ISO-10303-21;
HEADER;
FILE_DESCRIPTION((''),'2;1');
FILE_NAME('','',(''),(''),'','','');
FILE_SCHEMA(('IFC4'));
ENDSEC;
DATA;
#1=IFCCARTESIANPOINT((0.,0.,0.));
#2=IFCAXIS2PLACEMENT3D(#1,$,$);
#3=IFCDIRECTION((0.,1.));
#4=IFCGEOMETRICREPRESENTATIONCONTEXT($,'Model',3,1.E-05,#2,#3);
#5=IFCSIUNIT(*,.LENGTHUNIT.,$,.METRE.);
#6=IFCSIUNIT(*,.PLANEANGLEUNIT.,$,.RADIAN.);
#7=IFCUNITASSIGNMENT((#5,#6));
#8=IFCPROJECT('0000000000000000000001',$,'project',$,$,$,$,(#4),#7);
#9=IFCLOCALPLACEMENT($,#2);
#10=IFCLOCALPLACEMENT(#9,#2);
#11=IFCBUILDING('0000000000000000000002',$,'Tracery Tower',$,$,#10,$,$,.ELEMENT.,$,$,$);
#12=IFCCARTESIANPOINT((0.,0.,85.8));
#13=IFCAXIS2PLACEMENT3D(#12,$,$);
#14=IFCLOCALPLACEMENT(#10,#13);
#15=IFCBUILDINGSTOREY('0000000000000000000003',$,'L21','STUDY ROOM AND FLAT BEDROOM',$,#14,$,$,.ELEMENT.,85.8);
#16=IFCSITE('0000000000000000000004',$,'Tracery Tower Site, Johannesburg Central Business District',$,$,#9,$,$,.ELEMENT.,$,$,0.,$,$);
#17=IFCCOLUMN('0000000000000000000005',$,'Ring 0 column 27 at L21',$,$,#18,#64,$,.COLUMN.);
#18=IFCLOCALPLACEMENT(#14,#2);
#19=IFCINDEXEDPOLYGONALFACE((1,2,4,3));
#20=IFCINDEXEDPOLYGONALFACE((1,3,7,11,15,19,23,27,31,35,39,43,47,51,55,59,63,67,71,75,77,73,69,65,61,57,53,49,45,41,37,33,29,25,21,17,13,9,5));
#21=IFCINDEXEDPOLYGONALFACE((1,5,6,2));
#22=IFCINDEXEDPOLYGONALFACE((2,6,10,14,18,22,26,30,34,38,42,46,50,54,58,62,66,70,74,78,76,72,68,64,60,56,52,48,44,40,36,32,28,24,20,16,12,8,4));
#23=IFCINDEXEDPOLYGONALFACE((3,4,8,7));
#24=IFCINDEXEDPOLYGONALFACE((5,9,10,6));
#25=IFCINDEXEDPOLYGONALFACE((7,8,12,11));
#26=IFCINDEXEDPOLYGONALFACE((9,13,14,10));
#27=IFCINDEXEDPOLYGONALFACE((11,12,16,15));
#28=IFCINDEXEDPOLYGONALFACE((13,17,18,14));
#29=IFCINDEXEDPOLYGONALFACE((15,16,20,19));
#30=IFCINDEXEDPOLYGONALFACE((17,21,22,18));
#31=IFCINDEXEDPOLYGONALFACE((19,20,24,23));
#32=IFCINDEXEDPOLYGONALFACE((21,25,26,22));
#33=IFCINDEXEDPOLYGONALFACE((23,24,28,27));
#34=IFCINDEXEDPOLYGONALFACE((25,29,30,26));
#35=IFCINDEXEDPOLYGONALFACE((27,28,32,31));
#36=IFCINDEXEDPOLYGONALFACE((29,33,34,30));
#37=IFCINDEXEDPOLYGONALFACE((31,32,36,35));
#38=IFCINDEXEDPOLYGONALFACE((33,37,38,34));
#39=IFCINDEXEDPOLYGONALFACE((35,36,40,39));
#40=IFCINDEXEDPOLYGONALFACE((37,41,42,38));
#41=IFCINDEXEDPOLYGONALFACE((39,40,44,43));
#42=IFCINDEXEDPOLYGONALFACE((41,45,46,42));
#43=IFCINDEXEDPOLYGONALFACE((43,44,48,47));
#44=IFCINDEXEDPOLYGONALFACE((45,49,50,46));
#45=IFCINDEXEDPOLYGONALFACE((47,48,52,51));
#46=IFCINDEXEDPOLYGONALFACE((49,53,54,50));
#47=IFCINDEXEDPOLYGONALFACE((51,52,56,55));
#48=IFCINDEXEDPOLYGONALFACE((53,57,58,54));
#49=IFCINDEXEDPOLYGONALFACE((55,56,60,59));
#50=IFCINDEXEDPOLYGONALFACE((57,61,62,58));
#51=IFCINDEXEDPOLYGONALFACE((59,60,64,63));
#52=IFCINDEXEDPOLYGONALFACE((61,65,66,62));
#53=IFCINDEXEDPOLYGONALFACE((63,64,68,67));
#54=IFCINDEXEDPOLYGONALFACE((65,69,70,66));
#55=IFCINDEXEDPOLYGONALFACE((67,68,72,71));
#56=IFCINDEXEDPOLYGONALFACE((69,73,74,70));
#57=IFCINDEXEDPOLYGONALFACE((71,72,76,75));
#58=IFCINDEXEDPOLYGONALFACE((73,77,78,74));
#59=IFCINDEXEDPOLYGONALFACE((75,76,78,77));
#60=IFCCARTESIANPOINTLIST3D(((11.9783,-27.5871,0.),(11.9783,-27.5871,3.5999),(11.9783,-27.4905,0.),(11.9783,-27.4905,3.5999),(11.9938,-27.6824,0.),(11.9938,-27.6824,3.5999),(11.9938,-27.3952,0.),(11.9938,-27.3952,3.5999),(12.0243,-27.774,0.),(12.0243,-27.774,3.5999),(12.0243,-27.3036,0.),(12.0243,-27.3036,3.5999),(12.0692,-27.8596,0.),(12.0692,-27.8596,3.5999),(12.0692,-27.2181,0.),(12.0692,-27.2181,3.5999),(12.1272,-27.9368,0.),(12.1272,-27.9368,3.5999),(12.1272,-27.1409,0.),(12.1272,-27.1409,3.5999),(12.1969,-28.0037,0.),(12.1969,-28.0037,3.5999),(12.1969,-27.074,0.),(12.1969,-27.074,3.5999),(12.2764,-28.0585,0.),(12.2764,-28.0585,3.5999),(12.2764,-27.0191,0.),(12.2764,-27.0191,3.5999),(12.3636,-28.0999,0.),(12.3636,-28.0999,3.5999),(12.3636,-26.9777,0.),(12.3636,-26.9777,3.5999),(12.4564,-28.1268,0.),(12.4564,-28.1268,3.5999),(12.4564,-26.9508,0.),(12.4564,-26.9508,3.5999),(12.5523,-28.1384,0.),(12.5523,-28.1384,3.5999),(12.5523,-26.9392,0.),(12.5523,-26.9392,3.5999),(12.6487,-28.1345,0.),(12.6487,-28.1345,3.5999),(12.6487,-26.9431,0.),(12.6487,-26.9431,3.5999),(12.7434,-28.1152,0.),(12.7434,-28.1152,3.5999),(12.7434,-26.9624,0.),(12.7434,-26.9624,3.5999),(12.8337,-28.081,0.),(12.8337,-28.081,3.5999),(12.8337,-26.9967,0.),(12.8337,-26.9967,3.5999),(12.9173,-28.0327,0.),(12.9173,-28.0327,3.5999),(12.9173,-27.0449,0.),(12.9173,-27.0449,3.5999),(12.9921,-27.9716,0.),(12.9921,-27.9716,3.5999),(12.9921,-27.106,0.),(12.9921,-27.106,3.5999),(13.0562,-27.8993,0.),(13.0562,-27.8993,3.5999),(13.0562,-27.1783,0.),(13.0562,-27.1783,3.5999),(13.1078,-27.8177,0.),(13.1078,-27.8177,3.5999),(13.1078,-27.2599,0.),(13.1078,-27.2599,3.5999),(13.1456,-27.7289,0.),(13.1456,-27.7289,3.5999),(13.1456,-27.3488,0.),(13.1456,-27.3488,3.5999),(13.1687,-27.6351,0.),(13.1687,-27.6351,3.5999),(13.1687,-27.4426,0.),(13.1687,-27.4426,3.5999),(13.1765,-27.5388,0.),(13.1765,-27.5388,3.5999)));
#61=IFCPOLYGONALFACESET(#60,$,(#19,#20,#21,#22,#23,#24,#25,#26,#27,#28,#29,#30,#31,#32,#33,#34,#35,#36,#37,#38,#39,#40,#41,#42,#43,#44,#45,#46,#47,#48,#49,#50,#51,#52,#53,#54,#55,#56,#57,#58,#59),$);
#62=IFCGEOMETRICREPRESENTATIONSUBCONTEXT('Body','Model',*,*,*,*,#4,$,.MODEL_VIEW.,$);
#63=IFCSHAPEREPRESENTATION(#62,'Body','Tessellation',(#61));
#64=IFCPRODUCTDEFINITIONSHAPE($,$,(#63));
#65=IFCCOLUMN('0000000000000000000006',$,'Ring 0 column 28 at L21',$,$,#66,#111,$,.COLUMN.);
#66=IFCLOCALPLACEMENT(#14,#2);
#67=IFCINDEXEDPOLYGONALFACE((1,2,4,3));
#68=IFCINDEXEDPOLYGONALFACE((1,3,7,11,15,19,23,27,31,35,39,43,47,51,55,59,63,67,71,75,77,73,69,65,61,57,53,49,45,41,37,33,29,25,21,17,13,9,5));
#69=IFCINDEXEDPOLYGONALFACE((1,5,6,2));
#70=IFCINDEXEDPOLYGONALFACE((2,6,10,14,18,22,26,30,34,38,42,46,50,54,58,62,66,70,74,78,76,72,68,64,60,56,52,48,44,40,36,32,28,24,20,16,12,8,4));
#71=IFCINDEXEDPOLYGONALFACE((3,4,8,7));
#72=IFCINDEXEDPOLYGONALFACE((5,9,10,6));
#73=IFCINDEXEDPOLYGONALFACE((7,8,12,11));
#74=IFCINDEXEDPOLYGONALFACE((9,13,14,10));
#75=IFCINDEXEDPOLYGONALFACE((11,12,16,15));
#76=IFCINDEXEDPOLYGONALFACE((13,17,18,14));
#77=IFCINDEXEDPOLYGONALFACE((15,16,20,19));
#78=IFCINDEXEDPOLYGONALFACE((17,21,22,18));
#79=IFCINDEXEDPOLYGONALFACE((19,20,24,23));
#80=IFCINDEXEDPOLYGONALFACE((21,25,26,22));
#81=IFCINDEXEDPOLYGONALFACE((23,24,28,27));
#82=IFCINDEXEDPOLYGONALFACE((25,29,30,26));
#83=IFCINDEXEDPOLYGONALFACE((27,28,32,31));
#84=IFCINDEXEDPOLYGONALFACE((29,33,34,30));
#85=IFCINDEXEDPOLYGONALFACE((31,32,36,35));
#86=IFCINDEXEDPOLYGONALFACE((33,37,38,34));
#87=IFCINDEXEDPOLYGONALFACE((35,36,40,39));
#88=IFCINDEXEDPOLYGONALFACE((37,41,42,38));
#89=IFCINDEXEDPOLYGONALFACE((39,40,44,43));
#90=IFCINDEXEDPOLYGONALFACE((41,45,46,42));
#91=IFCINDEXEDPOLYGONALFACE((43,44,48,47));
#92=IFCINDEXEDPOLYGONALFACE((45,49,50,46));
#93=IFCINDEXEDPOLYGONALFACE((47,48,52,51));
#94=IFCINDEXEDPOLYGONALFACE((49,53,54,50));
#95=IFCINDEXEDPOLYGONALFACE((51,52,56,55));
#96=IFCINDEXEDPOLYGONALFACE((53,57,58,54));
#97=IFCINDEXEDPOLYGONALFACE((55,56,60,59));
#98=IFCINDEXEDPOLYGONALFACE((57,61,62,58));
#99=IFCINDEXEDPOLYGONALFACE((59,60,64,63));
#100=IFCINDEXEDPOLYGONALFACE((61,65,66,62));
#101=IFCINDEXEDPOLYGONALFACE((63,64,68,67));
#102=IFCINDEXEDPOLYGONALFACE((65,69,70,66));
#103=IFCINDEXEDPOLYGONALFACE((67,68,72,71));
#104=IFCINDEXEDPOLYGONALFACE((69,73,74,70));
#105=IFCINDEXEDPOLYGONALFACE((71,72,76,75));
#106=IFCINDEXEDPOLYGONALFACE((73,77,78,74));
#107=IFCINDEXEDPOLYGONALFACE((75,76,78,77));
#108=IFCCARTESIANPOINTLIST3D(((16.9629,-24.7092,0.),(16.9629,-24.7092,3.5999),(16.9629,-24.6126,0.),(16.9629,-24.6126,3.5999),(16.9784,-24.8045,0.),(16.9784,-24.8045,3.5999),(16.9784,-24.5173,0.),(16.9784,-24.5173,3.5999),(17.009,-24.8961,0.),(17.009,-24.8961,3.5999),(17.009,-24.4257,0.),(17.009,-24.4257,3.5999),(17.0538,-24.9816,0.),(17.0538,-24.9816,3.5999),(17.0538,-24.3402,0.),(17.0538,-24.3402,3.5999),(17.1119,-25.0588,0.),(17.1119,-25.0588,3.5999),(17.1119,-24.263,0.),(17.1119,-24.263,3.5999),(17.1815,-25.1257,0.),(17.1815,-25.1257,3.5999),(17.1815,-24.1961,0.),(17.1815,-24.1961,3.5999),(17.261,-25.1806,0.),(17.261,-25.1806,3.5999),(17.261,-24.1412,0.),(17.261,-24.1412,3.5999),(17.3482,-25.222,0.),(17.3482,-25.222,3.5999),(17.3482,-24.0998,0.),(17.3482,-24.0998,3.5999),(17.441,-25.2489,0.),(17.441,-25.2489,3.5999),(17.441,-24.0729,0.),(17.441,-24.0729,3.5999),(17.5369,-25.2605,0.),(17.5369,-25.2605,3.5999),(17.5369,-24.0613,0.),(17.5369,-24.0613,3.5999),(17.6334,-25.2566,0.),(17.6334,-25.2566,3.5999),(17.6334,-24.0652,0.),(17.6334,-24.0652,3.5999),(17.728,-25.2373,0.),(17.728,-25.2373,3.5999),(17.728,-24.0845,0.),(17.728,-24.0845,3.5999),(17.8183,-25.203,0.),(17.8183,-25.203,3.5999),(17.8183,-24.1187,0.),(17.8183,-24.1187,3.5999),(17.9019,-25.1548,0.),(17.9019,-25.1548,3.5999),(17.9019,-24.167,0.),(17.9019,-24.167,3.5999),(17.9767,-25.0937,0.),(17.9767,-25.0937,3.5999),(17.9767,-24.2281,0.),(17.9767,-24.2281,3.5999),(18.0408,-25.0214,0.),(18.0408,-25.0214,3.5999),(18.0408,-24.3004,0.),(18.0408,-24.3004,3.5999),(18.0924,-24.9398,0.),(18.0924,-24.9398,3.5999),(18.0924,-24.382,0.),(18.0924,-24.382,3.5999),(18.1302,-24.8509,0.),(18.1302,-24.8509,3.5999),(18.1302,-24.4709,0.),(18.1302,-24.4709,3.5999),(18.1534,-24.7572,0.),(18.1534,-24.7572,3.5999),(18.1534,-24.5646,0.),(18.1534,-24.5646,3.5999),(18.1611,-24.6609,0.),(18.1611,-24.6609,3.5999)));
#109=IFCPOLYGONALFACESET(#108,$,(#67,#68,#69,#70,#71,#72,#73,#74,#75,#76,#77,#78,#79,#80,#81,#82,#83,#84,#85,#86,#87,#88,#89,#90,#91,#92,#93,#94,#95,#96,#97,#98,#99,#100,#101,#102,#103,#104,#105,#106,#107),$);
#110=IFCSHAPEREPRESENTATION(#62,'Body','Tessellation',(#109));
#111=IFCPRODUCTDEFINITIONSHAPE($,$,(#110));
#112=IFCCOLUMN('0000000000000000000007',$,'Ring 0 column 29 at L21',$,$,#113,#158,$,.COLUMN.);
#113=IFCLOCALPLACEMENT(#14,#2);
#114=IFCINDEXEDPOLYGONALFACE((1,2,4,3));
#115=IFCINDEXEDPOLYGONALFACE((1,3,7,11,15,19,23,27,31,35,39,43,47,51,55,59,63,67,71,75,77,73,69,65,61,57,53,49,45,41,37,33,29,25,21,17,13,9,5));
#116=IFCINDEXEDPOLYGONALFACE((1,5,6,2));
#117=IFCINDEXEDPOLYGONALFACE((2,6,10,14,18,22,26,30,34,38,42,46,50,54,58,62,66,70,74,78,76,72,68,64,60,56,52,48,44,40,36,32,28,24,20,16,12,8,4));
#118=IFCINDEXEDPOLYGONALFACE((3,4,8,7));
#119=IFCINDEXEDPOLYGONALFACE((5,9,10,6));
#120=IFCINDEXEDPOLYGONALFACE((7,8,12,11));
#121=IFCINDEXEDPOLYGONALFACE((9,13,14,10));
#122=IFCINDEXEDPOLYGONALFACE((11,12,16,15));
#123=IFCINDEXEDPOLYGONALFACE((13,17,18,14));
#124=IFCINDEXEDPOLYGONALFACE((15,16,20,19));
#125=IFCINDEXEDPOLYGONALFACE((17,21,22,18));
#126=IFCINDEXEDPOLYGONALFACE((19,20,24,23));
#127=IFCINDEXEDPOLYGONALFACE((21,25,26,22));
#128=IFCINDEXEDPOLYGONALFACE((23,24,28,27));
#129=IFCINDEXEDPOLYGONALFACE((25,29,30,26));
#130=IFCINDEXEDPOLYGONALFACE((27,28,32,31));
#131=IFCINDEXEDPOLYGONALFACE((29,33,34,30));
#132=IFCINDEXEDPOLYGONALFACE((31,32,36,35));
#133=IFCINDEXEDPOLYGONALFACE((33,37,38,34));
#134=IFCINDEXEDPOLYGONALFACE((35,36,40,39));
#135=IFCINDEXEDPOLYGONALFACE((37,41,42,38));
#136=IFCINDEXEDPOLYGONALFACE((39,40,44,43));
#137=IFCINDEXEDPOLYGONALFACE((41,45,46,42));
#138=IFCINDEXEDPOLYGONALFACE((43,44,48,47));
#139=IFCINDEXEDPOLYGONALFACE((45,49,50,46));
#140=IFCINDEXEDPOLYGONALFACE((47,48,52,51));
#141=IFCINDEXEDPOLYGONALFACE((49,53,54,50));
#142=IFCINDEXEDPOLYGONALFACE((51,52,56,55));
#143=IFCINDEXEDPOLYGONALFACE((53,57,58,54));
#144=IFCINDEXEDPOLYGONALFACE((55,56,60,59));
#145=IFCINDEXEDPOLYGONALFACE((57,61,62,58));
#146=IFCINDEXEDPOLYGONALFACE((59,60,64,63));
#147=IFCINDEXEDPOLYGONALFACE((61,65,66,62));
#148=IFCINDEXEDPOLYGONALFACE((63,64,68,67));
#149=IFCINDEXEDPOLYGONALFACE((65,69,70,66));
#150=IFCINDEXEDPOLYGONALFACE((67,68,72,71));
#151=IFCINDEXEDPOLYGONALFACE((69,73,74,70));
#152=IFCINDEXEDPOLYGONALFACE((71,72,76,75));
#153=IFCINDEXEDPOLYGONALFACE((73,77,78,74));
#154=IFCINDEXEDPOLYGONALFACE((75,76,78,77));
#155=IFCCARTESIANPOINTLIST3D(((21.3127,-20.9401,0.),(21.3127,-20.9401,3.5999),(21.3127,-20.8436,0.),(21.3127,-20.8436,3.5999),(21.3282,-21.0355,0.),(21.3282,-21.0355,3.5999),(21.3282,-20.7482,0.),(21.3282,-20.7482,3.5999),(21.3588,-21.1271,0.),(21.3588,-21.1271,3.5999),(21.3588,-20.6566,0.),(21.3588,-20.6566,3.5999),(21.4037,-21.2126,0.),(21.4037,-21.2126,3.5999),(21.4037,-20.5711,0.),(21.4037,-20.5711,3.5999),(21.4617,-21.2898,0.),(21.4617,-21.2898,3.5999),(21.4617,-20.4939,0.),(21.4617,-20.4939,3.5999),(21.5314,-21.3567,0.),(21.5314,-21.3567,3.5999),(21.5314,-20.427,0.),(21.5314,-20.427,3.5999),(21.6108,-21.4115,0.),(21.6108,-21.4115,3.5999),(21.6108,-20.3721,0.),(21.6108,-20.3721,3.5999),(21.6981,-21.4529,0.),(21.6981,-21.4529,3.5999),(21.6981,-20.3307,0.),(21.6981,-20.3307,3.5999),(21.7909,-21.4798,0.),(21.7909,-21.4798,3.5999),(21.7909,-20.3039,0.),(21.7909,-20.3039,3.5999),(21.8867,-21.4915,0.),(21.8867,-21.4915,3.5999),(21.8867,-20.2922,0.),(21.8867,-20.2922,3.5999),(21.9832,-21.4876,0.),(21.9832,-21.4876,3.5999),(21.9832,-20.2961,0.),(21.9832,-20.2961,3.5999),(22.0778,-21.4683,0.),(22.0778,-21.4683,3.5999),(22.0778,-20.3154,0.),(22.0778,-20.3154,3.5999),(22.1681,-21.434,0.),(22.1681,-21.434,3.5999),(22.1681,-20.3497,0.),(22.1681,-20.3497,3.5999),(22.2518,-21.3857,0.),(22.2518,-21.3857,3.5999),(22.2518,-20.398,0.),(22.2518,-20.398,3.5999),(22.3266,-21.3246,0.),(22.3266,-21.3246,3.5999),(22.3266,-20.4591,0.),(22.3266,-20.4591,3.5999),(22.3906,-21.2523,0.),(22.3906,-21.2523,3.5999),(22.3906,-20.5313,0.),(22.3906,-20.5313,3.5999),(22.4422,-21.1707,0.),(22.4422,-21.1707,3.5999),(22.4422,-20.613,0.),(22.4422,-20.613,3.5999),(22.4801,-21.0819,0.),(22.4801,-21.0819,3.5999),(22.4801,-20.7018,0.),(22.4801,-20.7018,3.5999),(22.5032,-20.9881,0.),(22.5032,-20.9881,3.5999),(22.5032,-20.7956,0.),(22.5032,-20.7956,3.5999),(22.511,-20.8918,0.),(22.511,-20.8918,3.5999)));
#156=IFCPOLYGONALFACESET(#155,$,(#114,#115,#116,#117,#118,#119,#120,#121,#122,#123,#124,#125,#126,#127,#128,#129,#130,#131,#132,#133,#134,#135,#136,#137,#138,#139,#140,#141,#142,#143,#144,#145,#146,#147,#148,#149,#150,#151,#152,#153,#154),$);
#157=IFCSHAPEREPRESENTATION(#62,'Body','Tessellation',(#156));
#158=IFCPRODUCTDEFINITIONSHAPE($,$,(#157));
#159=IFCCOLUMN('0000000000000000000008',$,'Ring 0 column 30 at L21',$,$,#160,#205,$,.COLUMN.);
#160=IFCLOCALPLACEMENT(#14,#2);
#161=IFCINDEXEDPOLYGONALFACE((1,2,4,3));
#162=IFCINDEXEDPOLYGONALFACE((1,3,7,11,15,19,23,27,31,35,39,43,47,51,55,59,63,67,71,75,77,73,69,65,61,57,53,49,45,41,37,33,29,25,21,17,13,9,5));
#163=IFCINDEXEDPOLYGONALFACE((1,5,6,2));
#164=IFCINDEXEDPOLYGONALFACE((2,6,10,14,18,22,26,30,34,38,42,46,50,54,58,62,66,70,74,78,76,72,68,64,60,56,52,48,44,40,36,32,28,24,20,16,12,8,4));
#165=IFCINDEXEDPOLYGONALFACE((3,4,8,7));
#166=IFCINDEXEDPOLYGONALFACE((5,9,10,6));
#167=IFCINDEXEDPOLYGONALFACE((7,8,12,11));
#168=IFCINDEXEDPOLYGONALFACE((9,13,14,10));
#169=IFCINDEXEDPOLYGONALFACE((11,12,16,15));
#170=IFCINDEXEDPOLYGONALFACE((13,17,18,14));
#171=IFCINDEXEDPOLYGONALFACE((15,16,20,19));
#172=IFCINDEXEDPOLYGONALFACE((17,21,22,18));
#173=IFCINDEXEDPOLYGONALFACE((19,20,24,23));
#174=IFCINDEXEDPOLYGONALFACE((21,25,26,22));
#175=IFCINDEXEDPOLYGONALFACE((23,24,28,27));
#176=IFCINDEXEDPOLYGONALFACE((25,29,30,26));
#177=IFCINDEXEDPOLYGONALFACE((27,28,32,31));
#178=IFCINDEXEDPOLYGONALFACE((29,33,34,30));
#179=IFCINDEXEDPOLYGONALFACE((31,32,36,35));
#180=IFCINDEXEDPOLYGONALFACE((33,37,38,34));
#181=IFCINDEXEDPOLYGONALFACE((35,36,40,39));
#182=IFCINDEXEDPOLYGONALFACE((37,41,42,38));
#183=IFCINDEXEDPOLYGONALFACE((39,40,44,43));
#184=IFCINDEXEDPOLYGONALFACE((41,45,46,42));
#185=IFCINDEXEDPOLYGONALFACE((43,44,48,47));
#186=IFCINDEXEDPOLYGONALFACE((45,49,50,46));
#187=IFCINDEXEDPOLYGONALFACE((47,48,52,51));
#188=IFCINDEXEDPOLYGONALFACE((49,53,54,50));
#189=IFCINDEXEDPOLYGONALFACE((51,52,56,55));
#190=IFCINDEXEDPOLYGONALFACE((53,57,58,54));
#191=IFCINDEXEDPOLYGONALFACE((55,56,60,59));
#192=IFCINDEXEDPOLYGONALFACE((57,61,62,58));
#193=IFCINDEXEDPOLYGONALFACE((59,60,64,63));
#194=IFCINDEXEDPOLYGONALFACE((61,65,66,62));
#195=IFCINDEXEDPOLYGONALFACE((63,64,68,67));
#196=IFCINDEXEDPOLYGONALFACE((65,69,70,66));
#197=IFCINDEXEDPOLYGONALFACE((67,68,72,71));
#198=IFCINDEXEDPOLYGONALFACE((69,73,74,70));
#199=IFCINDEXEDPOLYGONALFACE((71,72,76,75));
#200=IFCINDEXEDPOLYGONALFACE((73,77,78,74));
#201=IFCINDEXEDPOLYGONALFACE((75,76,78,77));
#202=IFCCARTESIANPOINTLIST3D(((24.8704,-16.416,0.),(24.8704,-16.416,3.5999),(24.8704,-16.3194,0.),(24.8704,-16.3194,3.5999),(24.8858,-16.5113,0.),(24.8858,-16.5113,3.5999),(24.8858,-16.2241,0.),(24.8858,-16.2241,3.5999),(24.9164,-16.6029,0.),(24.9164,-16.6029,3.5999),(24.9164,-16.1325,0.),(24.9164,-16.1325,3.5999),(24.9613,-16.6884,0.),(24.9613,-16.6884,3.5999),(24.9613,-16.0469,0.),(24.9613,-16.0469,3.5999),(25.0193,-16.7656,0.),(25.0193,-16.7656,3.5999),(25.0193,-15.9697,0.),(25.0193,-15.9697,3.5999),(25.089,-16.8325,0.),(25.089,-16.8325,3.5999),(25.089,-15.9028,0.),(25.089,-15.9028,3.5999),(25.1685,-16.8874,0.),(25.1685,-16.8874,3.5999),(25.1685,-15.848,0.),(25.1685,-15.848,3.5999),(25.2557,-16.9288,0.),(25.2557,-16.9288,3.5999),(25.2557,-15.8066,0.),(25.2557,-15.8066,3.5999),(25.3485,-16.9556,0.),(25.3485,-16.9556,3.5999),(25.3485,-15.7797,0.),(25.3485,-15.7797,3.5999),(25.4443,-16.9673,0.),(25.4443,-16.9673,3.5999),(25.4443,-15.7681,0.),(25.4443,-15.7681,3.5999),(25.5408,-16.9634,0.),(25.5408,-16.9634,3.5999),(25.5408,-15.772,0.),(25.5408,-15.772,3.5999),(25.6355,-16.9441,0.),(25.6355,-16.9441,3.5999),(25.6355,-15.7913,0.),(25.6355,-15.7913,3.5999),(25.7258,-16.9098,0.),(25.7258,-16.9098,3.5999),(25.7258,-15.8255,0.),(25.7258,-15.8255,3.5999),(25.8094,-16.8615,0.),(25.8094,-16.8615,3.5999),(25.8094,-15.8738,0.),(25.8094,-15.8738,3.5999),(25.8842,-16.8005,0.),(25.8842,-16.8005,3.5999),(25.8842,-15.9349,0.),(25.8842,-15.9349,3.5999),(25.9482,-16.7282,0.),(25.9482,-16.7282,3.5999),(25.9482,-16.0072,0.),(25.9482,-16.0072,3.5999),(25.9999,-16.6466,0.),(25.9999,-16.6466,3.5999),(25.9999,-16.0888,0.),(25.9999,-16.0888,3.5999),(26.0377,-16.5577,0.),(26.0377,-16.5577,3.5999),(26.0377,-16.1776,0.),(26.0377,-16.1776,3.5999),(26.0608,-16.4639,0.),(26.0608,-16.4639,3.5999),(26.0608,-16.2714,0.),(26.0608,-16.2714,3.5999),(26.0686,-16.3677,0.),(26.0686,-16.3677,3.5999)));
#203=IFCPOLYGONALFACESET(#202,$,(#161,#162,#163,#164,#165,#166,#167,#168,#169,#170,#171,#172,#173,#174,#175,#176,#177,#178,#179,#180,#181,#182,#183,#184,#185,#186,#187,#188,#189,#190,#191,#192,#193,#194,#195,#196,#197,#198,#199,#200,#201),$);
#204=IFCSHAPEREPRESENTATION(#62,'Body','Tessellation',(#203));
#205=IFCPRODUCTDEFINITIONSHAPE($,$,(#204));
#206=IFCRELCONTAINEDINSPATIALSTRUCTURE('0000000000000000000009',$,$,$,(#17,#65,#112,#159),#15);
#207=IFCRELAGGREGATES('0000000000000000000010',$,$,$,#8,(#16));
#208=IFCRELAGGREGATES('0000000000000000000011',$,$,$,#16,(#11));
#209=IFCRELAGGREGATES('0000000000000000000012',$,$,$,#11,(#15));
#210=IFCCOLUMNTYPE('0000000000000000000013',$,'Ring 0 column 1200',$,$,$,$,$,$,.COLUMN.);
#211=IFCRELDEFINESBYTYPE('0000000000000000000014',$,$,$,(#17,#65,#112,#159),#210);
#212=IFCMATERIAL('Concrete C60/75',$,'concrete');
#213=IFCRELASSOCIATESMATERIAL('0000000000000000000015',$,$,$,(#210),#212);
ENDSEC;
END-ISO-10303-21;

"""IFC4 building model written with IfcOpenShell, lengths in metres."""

from ifc_helpers import new_model, si_unit, direction, frame, origin, origin_2d, place, context, subcontext, project, spatial, circle, extrude, material, material_profile, profile_set, type_object, element, save


model = new_model("IFC4")

# Units and contexts
model_context = context("Model", 3, precision=1e-05, world=origin(), true_north=direction((0.0, 1.0)))
body_context = subcontext(model_context, "Body", "Model", "MODEL_VIEW")
ifc_project = project(units=[si_unit("LENGTHUNIT", "METRE"), si_unit("PLANEANGLEUNIT", "RADIAN")], contexts=[model_context])

# Site, building, storey
site_placement = place(None, origin())
site = spatial("IfcSite", under=ifc_project, at=site_placement, Name="Tracery Tower Site, Johannesburg Central Business District", CompositionType="ELEMENT", RefElevation=0.0)
building_placement = place(site_placement, origin())
building = spatial("IfcBuilding", under=site, at=building_placement, Name="Tracery Tower", CompositionType="ELEMENT")
storey_placement = place(building_placement, frame((0.0, 0.0, 85.8)))
storey = spatial("IfcBuildingStorey", under=building, at=storey_placement, Name="L21", Description="STUDY ROOM AND FLAT BEDROOM", CompositionType="ELEMENT", Elevation=85.8)

# Columns
ifc_material_1 = material(Name="Concrete C60/75", Category="concrete")
ifc_material_profile_1 = material_profile(ifc_material_1, circle(Radius=0.6001, at=origin_2d()), Name="RC D1200")
ifc_profile_set_1 = profile_set([ifc_material_profile_1], Name="Concrete C60/75")
column_type_1 = type_object("IfcColumnType", Name="Ring 0 column 1200", PredefinedType="COLUMN", material=ifc_profile_set_1)
for number, where, z_axis, x_axis, name in (
    (1, (12.5764, -27.5388, 0.0), (0.0, 0.0, 1.0), (1.0, 0.0, 0.0), "Ring 0 column 27 at L21"),
    (2, (17.561, -24.6609, 0.0), (0.0, 0.0, 1.0), (1.0, 0.0, 0.0), "Ring 0 column 28 at L21"),
    (3, (21.9109, -20.8918, 0.0), (0.0, 0.0, 1.0), (1.0, 0.0, 0.0), "Ring 0 column 29 at L21"),
    (4, (25.4685, -16.3677, 0.0), (0.0, 0.0, 1.0), (1.0, 0.0, 0.0), "Ring 0 column 30 at L21"),
):
    element("IfcColumn", number, at=place(storey_placement, frame(where, z_axis=z_axis, x_axis=x_axis)), inside=storey, type_object=column_type_1, Name=name, PredefinedType="COLUMN", context=body_context, shape_type="SweptSolid", body=[
        extrude(circle(Radius=0.6001, at=origin_2d()), origin(), (0.0, 0.0, 1.0), 3.5999),
    ])

save(model, "model.ifc")
